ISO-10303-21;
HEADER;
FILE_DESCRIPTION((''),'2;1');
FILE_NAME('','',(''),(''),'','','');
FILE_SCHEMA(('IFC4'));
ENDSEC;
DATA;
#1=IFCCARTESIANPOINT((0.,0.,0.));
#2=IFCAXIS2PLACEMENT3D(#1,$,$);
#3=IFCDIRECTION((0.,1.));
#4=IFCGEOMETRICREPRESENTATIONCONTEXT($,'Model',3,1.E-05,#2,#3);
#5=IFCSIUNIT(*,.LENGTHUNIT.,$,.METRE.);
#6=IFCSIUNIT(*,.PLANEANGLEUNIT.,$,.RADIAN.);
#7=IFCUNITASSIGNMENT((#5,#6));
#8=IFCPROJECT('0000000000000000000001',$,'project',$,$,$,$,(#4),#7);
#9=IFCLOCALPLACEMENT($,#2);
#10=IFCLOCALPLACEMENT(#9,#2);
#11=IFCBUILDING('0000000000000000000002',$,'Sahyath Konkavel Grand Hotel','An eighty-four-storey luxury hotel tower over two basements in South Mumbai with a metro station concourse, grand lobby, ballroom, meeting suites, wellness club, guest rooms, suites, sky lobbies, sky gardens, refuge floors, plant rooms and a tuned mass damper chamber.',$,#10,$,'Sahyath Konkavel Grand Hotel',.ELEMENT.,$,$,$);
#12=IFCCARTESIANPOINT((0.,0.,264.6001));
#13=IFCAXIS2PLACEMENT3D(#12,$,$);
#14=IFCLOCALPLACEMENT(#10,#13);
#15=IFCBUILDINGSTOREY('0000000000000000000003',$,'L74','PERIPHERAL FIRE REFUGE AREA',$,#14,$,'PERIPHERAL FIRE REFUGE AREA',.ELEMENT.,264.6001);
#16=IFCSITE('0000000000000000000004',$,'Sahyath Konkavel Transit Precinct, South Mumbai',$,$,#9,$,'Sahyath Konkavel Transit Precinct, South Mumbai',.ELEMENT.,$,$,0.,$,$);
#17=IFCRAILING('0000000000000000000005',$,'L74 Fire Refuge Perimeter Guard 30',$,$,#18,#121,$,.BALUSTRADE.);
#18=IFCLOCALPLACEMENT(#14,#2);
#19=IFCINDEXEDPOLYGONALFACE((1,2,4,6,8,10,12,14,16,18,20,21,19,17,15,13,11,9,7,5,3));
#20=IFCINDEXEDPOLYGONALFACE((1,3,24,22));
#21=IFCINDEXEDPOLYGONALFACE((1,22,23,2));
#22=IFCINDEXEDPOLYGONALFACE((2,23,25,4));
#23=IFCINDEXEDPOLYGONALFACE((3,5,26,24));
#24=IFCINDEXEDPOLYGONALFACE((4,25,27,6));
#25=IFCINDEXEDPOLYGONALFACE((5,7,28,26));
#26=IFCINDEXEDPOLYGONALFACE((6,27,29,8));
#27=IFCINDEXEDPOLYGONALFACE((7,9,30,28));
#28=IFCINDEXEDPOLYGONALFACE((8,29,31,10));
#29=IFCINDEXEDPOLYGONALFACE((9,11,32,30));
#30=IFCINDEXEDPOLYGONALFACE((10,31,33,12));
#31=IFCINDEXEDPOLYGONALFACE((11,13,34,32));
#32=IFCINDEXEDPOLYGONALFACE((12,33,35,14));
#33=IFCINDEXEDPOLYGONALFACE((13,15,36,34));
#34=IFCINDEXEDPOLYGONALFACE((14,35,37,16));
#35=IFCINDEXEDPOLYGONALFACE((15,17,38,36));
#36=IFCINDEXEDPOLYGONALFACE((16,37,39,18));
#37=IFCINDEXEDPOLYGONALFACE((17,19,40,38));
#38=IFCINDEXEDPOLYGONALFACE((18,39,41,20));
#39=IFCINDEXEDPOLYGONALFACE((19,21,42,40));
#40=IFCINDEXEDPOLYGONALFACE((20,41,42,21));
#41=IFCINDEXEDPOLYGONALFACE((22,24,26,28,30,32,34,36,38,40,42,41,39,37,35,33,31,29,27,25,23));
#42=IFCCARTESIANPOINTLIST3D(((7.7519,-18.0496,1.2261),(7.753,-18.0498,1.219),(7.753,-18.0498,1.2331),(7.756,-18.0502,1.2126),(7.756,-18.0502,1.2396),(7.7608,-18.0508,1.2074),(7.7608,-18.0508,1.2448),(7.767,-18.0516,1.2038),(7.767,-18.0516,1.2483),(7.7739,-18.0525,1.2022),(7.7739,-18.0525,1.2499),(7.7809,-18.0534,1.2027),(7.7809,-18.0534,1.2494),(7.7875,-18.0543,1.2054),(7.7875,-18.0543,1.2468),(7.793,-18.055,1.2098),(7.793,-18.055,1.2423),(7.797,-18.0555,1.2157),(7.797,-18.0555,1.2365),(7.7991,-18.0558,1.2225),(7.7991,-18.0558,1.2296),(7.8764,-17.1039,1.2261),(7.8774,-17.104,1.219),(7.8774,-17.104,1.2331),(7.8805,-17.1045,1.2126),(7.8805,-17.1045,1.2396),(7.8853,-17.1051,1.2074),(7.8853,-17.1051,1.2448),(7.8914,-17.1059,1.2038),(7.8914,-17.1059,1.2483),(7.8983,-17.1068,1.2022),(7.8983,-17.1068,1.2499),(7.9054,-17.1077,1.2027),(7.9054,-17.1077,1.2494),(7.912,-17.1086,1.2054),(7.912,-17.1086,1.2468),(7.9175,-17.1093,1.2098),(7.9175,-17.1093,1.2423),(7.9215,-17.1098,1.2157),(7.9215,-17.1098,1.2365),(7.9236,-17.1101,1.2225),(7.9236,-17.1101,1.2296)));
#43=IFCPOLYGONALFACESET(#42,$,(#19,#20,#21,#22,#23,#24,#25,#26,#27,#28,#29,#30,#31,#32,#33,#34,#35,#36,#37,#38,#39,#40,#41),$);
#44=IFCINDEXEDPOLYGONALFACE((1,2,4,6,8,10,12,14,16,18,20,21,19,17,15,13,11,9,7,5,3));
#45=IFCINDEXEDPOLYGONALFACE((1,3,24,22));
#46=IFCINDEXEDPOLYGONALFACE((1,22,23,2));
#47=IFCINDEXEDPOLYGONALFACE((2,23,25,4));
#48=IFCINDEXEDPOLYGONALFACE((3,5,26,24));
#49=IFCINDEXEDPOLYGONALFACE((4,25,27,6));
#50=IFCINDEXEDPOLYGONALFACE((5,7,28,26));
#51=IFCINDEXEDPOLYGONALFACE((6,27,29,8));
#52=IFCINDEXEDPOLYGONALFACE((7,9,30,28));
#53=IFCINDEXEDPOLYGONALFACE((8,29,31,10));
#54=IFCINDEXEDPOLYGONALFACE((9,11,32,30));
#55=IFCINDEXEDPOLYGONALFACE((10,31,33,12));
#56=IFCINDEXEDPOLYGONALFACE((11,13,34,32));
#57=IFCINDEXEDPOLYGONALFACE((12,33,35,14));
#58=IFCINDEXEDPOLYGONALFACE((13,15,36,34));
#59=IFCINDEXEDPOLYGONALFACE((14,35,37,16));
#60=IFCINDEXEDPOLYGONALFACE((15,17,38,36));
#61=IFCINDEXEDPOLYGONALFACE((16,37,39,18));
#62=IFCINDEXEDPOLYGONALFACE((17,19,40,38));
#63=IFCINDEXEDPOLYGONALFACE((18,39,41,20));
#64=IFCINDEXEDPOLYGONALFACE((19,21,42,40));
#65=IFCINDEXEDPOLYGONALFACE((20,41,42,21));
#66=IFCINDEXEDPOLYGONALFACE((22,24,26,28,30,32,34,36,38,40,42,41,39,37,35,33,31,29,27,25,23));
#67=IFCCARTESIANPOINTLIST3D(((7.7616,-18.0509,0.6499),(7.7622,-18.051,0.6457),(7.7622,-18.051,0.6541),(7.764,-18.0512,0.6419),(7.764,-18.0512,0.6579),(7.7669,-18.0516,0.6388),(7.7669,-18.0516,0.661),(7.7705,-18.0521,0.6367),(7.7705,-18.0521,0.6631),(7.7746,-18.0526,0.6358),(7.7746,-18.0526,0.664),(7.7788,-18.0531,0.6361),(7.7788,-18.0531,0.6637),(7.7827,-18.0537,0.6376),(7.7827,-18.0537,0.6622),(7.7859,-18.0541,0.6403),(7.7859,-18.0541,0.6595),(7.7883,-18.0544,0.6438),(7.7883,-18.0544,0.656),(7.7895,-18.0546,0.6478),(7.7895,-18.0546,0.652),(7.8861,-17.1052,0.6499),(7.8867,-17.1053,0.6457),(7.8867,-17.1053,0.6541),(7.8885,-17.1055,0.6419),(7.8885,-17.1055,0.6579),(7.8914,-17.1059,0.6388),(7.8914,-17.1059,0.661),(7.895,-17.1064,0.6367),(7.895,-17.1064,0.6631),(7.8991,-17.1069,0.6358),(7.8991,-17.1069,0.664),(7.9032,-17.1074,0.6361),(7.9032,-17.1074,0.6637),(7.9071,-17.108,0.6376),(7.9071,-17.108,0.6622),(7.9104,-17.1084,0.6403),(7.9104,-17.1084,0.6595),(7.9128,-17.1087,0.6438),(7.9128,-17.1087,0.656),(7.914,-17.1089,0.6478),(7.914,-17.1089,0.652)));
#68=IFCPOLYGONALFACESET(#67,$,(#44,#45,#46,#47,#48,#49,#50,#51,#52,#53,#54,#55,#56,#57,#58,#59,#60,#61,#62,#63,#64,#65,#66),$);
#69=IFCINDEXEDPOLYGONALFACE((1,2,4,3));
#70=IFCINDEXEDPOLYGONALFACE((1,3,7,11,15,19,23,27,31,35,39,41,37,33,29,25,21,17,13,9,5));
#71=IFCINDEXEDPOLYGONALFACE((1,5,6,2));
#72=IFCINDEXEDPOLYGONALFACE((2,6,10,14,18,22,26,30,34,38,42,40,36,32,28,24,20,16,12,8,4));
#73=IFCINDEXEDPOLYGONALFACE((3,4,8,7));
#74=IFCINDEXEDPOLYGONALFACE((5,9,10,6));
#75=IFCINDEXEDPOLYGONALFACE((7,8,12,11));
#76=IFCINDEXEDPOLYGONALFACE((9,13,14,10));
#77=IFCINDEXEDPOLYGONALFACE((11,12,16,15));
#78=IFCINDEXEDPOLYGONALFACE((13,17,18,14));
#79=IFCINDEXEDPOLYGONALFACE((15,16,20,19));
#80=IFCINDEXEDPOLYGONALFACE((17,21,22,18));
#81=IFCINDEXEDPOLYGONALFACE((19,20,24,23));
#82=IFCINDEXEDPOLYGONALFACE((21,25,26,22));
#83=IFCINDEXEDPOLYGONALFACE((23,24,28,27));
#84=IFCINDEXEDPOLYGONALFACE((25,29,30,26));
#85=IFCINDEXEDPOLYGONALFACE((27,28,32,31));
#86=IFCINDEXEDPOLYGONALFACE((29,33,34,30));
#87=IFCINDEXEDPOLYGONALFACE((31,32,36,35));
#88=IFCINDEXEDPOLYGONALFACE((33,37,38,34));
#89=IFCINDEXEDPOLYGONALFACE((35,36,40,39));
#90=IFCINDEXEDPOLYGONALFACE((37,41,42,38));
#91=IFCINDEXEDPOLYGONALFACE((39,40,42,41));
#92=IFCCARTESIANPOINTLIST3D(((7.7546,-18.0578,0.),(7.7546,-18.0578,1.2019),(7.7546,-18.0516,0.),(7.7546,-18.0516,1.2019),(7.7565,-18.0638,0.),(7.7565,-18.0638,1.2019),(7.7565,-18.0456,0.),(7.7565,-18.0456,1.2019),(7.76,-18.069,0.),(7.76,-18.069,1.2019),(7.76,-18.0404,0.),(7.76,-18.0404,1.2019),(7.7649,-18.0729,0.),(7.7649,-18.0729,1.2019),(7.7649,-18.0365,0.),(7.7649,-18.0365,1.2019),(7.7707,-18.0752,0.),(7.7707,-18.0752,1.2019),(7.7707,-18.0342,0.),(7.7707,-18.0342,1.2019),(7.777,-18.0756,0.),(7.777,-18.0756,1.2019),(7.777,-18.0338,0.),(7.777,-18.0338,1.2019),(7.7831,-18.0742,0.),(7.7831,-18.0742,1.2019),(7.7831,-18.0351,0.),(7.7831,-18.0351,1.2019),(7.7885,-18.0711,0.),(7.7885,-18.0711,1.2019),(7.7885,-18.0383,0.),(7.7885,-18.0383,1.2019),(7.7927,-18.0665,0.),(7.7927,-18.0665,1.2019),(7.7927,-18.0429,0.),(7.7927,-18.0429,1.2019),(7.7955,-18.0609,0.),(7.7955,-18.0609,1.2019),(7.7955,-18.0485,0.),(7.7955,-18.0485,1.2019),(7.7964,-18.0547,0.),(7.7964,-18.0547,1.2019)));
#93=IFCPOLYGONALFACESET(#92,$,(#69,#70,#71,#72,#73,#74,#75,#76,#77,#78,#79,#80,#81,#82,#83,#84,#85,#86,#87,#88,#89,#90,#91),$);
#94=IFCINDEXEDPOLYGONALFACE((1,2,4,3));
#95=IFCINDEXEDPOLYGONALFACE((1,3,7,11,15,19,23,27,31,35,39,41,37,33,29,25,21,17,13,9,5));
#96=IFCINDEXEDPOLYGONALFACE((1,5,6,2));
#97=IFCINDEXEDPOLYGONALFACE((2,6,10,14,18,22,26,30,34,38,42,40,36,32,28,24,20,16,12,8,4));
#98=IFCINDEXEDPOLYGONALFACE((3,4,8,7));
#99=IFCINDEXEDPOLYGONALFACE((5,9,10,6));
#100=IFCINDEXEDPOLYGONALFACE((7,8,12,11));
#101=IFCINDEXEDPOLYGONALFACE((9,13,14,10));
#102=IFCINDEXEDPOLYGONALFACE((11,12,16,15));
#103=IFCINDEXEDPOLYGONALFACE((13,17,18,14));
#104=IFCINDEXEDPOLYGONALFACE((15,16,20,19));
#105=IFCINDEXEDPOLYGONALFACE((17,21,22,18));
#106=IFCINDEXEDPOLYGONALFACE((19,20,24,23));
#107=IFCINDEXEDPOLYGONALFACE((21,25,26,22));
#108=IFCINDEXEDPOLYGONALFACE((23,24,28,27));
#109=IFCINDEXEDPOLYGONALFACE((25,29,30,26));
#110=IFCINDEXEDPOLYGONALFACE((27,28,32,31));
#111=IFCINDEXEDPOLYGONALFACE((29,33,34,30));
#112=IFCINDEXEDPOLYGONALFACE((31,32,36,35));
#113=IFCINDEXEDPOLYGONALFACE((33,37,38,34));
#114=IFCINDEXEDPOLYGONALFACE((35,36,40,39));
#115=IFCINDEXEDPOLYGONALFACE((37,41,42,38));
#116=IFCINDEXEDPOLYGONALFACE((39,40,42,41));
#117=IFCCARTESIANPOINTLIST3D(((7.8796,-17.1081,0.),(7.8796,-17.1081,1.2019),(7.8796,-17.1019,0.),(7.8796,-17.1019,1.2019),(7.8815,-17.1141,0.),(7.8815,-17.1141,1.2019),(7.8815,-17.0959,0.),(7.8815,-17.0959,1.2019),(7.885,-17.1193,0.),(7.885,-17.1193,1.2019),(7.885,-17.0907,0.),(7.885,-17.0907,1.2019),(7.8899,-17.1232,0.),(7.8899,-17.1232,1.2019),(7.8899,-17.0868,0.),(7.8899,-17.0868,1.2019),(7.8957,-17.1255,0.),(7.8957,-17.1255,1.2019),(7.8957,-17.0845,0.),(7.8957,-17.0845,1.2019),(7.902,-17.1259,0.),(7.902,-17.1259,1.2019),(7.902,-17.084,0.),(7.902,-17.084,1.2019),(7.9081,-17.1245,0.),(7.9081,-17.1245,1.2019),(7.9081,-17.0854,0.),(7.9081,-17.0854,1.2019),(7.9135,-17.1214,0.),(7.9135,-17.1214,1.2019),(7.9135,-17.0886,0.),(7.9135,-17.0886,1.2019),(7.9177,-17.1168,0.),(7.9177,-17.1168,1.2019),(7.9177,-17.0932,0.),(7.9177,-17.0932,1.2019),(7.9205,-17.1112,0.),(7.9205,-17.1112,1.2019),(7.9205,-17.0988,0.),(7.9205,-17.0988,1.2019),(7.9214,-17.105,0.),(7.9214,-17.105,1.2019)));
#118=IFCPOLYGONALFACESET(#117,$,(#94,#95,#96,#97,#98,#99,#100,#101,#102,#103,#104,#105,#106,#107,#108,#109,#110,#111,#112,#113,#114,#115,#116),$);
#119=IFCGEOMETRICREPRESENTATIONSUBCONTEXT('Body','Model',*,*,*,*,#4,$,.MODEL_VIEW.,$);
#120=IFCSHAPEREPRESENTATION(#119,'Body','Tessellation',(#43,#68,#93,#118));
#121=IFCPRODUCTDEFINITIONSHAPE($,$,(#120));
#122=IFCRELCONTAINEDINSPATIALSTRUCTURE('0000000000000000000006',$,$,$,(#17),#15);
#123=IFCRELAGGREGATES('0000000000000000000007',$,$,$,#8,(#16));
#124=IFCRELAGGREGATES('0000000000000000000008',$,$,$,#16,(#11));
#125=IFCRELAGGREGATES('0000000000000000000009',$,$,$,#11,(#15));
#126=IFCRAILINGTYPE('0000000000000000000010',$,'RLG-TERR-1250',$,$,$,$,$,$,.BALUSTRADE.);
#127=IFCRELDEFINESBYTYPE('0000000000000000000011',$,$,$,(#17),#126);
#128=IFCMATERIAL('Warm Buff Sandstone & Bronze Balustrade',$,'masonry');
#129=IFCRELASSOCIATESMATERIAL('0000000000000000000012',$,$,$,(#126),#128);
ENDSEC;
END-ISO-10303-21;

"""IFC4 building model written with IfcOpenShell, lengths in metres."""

from ifc_helpers import new_model, si_unit, direction, frame, origin, origin_2d, place, context, subcontext, project, spatial, circle, extrude, material, type_object, element, save


model = new_model("IFC4")

# Units and contexts
model_context = context("Model", 3, precision=1e-05, world=origin(), true_north=direction((0.0, 1.0)))
body_context = subcontext(model_context, "Body", "Model", "MODEL_VIEW")
ifc_project = project(units=[si_unit("LENGTHUNIT", "METRE"), si_unit("PLANEANGLEUNIT", "RADIAN")], contexts=[model_context])

# Site, building, storey
site_placement = place(None, origin())
site = spatial("IfcSite", under=ifc_project, at=site_placement, Name="Sahyath Konkavel Transit Precinct, South Mumbai", LongName="Sahyath Konkavel Transit Precinct, South Mumbai", CompositionType="ELEMENT", RefElevation=0.0)
building_placement = place(site_placement, origin())
building = spatial("IfcBuilding", under=site, at=building_placement, Name="Sahyath Konkavel Grand Hotel", Description="An eighty-four-storey luxury hotel tower over two basements in South Mumbai with a metro station concourse, grand lobby, ballroom, meeting suites, wellness club, guest rooms, suites, sky lobbies, sky gardens, refuge floors, plant rooms and a tuned mass damper chamber.", LongName="Sahyath Konkavel Grand Hotel", CompositionType="ELEMENT")
storey_placement = place(building_placement, frame((0.0, 0.0, 264.6001)))
storey = spatial("IfcBuildingStorey", under=building, at=storey_placement, Name="L74", Description="PERIPHERAL FIRE REFUGE AREA", LongName="PERIPHERAL FIRE REFUGE AREA", CompositionType="ELEMENT", Elevation=264.6001)

# Railing
ifc_material_1 = material(Name="Warm Buff Sandstone & Bronze Balustrade", Category="masonry")
railing_type = type_object("IfcRailingType", Name="RLG-TERR-1250", PredefinedType="BALUSTRADE", material=ifc_material_1)
railing_1_placement = place(storey_placement, frame((7.7754, -18.0547, 0.0)))
element("IfcRailing", 1, at=railing_1_placement, inside=storey, type_object=railing_type, Name="L74 Fire Refuge Perimeter Guard 30", PredefinedType="BALUSTRADE", context=body_context, shape_type="SweptSolid", body=[
    extrude(circle(Radius=0.0239, at=origin_2d()), frame((0.0002, 0.002, 1.2261), z_axis=(0.130494, 0.991449, 0.0), x_axis=(-0.991449, 0.130494, 0.0)), (0.0, 0.0, 1.0), 0.9539),
    extrude(circle(Radius=0.0142, at=origin_2d()), frame((0.0002, 0.002, 0.6499), z_axis=(0.130494, 0.991449, 0.0), x_axis=(-0.991449, 0.130494, 0.0)), (0.0, 0.0, 1.0), 0.9539),
    extrude(circle(Radius=0.021, at=origin_2d()), origin(), (0.0, 0.0, 1.0), 1.2019),
    extrude(circle(Radius=0.021, at=origin_2d()), frame((0.125, 0.9497, 0.0)), (0.0, 0.0, 1.0), 1.2019),
])

save(model, "model.ifc")
